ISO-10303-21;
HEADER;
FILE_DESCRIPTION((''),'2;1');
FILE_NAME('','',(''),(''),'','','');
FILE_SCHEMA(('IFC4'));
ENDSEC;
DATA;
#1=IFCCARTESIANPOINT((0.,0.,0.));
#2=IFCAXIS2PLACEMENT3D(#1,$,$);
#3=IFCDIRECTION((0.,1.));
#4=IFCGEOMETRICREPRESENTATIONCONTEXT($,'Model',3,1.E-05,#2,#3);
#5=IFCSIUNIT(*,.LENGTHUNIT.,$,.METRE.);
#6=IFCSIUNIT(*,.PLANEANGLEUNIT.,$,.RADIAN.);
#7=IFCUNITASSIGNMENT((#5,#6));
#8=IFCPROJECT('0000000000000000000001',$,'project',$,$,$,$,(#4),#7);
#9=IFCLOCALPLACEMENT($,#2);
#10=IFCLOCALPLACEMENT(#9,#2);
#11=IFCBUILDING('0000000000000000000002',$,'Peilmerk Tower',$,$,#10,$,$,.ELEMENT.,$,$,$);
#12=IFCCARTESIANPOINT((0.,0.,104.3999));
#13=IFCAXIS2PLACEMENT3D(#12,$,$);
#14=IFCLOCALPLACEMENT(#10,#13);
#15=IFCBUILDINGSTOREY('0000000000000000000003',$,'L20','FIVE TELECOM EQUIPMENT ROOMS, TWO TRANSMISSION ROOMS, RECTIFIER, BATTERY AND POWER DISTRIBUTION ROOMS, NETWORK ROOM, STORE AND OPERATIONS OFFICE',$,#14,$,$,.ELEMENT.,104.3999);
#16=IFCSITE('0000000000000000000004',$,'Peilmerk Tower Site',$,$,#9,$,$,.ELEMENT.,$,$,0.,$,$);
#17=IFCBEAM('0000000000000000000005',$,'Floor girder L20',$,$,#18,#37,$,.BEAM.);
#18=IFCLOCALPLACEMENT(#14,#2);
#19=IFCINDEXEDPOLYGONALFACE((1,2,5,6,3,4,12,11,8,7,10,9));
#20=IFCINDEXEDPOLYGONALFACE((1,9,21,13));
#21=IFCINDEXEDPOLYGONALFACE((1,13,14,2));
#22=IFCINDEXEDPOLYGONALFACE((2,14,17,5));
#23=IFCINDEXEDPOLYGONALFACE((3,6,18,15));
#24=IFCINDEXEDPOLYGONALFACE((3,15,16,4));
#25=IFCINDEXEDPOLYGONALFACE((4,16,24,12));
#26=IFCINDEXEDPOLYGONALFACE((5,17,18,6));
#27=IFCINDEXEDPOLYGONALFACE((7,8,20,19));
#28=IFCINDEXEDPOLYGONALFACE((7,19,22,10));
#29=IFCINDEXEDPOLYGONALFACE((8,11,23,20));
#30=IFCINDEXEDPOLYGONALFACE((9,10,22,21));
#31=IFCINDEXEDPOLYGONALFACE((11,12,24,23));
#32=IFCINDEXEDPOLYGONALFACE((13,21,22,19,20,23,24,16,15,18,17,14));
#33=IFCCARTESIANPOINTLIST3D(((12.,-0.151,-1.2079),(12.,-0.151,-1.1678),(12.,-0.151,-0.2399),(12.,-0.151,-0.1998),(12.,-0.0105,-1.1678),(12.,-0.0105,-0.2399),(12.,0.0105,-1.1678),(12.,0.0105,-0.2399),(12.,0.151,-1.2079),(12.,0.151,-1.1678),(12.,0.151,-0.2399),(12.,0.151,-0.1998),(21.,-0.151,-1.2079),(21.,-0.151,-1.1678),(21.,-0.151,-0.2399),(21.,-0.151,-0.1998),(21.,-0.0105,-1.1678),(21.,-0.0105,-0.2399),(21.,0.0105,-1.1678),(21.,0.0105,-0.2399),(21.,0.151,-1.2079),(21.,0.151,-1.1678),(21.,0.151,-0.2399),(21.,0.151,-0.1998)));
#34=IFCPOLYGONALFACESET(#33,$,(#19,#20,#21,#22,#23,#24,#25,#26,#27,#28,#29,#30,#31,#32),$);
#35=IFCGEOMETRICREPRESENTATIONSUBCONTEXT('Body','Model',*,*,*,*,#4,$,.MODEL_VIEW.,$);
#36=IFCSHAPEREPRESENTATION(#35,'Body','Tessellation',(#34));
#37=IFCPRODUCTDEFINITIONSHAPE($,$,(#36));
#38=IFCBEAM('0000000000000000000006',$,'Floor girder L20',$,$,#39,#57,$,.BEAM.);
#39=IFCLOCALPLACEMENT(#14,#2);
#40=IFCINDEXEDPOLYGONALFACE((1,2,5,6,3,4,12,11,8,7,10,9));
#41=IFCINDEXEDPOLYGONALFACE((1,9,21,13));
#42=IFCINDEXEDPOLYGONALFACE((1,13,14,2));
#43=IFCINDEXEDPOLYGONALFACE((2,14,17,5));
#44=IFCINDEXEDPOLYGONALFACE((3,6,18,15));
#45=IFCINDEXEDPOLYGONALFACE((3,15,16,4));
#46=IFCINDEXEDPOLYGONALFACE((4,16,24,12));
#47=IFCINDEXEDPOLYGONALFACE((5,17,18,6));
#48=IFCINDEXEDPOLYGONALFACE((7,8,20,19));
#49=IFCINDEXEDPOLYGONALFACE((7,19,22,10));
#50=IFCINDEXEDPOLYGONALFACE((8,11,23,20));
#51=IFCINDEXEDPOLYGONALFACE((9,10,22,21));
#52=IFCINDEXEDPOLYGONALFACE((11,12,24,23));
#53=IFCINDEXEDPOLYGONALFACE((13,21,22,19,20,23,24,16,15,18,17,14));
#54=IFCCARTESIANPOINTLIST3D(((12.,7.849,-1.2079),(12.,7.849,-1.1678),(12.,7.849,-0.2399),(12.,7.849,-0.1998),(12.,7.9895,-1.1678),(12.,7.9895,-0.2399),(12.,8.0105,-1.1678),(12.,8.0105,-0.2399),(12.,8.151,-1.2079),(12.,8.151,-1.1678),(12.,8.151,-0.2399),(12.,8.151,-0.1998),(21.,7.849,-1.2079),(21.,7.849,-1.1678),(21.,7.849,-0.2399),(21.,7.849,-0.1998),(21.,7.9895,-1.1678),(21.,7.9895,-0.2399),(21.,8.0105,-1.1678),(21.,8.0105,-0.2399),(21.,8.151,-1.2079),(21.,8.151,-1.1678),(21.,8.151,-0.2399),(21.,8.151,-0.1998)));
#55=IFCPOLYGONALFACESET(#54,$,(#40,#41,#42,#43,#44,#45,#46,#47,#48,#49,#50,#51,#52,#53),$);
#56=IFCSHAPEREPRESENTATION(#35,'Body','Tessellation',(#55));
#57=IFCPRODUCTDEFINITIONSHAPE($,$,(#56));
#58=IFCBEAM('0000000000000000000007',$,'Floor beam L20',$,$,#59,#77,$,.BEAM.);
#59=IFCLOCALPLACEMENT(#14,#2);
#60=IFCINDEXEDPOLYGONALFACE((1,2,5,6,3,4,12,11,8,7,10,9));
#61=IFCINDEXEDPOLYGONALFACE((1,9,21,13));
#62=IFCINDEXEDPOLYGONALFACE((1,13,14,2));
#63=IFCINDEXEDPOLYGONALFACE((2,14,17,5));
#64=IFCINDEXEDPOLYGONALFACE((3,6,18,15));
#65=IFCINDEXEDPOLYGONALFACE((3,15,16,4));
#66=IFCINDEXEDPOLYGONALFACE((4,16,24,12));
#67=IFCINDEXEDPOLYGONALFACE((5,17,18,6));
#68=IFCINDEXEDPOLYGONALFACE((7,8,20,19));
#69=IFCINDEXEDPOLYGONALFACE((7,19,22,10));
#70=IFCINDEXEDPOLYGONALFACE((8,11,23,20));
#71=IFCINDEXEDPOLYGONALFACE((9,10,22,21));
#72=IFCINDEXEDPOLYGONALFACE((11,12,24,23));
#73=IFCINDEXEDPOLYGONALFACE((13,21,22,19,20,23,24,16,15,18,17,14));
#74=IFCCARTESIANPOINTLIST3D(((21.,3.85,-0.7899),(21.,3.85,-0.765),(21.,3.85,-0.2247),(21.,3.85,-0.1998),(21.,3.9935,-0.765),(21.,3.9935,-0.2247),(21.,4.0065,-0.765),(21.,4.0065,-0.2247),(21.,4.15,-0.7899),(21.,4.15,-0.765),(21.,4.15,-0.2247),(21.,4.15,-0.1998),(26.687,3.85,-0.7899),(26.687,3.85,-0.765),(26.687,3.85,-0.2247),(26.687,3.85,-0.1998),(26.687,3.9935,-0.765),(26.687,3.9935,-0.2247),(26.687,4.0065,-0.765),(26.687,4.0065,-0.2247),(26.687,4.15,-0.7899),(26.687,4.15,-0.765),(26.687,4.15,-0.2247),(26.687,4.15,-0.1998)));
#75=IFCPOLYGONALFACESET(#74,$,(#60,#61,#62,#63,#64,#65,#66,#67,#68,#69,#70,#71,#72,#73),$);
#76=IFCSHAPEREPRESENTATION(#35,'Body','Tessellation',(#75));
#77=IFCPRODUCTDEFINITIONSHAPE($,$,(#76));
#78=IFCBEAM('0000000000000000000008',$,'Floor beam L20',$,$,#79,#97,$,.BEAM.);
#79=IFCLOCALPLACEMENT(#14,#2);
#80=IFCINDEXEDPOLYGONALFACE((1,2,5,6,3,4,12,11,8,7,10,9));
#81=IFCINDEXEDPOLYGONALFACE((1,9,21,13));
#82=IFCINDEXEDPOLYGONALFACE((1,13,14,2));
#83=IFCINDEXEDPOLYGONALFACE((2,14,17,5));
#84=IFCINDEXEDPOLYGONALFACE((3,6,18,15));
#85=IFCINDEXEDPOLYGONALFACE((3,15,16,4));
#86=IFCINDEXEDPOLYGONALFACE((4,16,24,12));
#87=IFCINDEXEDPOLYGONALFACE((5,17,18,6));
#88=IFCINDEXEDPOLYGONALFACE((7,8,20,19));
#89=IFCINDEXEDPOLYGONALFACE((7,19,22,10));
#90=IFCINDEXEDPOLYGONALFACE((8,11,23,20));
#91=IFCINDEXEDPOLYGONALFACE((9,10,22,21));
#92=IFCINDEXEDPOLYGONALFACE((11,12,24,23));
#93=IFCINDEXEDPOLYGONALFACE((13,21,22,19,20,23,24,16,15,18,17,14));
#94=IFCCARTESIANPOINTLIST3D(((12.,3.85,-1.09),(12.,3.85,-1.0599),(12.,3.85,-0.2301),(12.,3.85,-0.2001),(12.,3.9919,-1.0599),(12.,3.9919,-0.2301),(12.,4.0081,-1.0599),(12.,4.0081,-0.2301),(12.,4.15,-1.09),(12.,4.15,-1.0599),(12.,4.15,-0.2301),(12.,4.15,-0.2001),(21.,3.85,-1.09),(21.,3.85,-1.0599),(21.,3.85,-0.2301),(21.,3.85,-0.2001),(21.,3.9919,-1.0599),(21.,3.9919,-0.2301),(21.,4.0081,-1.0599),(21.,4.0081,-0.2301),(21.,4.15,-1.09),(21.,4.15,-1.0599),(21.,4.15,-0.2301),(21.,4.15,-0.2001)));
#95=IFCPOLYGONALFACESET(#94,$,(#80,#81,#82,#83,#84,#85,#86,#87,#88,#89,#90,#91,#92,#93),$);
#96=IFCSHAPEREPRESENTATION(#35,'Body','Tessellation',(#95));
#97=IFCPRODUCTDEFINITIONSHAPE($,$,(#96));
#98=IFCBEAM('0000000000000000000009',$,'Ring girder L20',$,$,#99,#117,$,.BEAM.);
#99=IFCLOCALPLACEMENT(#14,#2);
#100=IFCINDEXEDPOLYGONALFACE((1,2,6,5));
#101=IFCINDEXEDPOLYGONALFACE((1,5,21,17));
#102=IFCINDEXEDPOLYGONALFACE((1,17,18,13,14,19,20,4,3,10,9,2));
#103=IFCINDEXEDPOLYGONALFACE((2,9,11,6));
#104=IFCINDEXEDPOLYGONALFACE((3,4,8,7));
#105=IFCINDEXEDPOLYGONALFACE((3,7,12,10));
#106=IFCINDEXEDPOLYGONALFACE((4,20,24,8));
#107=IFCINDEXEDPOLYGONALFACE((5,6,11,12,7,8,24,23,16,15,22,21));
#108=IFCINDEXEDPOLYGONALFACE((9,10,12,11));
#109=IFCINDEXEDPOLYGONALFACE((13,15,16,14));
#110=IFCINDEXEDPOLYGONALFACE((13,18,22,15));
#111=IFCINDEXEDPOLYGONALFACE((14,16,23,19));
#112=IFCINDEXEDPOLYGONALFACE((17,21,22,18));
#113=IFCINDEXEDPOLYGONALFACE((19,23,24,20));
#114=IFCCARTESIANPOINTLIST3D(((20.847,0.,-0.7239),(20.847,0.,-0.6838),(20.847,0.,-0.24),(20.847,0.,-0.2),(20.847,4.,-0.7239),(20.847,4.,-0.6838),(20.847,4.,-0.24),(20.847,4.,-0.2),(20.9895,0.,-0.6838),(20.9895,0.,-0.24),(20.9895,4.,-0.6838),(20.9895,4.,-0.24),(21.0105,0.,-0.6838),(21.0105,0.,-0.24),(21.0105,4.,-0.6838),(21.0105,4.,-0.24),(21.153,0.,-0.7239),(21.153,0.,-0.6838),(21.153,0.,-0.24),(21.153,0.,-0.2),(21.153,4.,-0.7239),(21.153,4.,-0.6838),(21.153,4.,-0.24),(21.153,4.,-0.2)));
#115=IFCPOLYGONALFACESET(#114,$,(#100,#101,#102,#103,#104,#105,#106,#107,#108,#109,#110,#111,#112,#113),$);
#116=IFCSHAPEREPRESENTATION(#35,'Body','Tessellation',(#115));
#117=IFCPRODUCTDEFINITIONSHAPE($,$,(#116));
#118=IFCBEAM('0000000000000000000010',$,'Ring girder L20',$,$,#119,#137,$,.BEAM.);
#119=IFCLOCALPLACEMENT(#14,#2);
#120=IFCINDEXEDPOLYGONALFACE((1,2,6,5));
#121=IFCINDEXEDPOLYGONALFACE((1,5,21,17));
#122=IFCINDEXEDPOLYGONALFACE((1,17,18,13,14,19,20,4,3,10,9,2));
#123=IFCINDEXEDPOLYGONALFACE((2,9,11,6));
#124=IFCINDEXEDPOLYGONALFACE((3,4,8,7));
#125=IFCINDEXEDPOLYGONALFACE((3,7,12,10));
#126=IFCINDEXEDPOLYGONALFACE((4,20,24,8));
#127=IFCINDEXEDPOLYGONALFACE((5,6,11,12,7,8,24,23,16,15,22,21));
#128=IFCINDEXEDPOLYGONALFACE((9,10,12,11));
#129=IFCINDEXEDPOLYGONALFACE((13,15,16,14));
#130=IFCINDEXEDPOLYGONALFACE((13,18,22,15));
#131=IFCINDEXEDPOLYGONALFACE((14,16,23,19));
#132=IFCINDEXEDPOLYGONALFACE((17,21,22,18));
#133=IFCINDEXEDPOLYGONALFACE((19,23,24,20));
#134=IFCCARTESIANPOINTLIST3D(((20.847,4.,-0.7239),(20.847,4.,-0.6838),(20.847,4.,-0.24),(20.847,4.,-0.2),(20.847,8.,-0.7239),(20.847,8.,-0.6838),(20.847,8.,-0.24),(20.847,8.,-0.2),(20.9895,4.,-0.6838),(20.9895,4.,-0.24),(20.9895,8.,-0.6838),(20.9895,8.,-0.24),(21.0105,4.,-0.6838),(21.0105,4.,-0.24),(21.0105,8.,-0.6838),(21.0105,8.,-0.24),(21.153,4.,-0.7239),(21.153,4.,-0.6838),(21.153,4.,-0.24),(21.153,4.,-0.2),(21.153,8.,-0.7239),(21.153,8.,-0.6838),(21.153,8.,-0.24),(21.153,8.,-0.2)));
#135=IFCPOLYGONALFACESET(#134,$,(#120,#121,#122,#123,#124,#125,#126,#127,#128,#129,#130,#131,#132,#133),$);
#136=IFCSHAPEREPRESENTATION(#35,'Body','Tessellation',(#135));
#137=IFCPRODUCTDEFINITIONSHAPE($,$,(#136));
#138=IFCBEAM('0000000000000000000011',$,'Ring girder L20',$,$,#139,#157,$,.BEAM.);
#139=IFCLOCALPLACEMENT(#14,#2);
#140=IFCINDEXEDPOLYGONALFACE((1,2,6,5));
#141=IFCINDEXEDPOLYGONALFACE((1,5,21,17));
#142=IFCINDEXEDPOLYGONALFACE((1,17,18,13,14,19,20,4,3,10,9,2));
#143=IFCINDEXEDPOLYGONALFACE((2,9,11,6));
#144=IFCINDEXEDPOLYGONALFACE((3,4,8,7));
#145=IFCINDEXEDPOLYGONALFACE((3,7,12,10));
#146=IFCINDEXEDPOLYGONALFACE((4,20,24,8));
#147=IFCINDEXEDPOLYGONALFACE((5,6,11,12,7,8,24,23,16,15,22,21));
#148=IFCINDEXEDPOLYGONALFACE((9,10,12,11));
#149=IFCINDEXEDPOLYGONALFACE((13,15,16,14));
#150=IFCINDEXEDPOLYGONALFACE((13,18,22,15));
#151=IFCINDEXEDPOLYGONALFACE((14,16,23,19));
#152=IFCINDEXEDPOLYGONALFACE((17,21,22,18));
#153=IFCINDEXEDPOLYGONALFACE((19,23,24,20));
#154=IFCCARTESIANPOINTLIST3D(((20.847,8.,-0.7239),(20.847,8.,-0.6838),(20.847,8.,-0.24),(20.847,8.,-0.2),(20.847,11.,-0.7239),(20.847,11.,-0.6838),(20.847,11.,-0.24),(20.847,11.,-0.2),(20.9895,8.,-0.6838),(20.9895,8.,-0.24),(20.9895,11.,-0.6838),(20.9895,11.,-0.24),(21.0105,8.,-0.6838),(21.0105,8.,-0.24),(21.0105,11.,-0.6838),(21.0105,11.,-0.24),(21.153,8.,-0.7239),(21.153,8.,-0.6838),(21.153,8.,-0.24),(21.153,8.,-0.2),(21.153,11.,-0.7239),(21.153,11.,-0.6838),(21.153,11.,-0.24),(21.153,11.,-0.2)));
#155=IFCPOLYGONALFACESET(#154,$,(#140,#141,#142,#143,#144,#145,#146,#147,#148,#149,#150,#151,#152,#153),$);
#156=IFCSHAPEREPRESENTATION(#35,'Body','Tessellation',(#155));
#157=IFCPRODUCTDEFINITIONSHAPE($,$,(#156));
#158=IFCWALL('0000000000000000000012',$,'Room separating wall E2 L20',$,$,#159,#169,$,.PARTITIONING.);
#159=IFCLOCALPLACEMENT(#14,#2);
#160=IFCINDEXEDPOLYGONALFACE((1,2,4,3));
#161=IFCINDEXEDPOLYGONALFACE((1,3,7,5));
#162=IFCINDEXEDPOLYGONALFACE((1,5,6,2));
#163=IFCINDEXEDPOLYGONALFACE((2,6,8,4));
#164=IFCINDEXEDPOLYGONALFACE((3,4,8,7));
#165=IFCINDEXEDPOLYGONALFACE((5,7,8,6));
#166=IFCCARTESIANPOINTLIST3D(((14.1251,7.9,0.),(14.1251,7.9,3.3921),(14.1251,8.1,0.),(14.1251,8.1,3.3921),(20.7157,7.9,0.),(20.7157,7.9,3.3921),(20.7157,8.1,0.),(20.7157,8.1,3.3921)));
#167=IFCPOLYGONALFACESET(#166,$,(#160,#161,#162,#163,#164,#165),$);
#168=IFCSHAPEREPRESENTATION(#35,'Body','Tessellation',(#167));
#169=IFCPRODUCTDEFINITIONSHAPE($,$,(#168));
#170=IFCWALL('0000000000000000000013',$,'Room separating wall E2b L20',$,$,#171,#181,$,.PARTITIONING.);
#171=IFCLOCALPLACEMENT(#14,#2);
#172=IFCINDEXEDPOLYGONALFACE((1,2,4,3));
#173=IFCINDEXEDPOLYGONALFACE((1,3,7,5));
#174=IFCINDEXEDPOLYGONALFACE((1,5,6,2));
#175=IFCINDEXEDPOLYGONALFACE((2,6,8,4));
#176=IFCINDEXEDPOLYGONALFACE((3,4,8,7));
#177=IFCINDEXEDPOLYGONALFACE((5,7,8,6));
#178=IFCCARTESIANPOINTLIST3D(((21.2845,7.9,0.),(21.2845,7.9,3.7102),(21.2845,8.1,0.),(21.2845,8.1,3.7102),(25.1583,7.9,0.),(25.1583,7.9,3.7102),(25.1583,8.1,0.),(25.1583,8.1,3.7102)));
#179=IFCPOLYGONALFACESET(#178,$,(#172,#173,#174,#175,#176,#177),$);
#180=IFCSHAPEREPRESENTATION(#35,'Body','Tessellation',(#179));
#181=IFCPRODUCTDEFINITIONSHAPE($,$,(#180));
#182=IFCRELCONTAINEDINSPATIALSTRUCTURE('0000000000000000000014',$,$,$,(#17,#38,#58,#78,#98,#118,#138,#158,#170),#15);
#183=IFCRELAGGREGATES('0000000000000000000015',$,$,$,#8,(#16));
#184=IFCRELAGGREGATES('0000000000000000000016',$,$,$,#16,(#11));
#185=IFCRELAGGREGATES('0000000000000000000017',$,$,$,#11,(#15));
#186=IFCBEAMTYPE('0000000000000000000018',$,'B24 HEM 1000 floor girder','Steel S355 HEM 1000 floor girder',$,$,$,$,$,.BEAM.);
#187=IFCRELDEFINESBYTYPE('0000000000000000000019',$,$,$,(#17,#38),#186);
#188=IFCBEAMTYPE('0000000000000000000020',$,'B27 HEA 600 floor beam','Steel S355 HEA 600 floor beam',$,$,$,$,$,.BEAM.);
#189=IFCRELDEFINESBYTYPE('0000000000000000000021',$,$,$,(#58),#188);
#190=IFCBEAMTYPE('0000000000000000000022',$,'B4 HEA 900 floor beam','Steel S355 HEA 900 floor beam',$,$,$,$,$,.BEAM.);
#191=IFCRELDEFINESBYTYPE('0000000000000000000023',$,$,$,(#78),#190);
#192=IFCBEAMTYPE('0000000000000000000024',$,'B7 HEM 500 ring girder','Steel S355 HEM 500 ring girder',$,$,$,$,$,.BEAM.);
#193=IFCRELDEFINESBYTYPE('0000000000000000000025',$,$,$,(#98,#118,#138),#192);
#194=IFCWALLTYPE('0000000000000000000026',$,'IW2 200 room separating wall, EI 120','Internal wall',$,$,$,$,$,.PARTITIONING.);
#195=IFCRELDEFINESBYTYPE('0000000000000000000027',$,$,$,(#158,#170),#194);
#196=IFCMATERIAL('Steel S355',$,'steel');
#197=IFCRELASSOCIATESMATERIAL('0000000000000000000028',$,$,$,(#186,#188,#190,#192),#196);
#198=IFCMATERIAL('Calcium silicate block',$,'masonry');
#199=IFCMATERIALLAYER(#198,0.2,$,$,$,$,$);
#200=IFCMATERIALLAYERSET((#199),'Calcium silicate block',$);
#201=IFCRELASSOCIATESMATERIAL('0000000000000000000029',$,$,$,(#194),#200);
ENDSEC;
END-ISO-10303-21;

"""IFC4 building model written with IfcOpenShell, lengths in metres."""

from ifc_helpers import new_model, si_unit, direction, frame, frame_2d, origin, origin_2d, place, context, subcontext, project, spatial, rectangle, i_section, extrude, material, layer, layer_set, material_profile, profile_set, type_object, element, save


model = new_model("IFC4")

# Units and contexts
model_context = context("Model", 3, precision=1e-05, world=origin(), true_north=direction((0.0, 1.0)))
body_context = subcontext(model_context, "Body", "Model", "MODEL_VIEW")
ifc_project = project(units=[si_unit("LENGTHUNIT", "METRE"), si_unit("PLANEANGLEUNIT", "RADIAN")], contexts=[model_context])

# Site, building, storey
site_placement = place(None, origin())
site = spatial("IfcSite", under=ifc_project, at=site_placement, Name="Peilmerk Tower Site", CompositionType="ELEMENT", RefElevation=0.0)
building_placement = place(site_placement, origin())
building = spatial("IfcBuilding", under=site, at=building_placement, Name="Peilmerk Tower", CompositionType="ELEMENT")
storey_placement = place(building_placement, frame((0.0, 0.0, 104.3999)))
storey = spatial("IfcBuildingStorey", under=building, at=storey_placement, Name="L20", Description="FIVE TELECOM EQUIPMENT ROOMS, TWO TRANSMISSION ROOMS, RECTIFIER, BATTERY AND POWER DISTRIBUTION ROOMS, NETWORK ROOM, STORE AND OPERATIONS OFFICE", CompositionType="ELEMENT", Elevation=104.3999)

# Beams
ifc_material_1 = material(Name="Steel S355", Category="steel")
ifc_material_profile_1 = material_profile(ifc_material_1, i_section(OverallWidth=0.302, OverallDepth=1.0081, WebThickness=0.021, FlangeThickness=0.04, at=origin_2d()), Name="HEM 1000")
ifc_profile_set_1 = profile_set([ifc_material_profile_1], Name="Steel S355")
beam_type_1 = type_object("IfcBeamType", Name="B24 HEM 1000 floor girder", Description="Steel S355 HEM 1000 floor girder", PredefinedType="BEAM", material=ifc_profile_set_1)
for number, where, z_axis, x_axis, name in (
    (1, (12.0, 0.0, -0.7039), (1.0, 0.0, 0.0), (0.0, 1.0, 0.0), "Floor girder L20"),
    (2, (12.0, 8.0, -0.7039), (1.0, 0.0, 0.0), (0.0, 1.0, 0.0), "Floor girder L20"),
):
    element("IfcBeam", number, at=place(storey_placement, frame(where, z_axis=z_axis, x_axis=x_axis)), inside=storey, type_object=beam_type_1, Name=name, PredefinedType="BEAM", context=body_context, shape_type="SweptSolid", body=[
        extrude(i_section(OverallWidth=0.302, OverallDepth=1.0081, WebThickness=0.021, FlangeThickness=0.04, at=origin_2d()), origin(), (0.0, 0.0, 1.0), 9.0),
    ])
ifc_material_profile_2 = material_profile(ifc_material_1, i_section(OverallWidth=0.3, OverallDepth=0.5901, WebThickness=0.0129, FlangeThickness=0.0249, at=origin_2d()), Name="HEA 600")
ifc_profile_set_2 = profile_set([ifc_material_profile_2], Name="Steel S355")
beam_type_2 = type_object("IfcBeamType", Name="B27 HEA 600 floor beam", Description="Steel S355 HEA 600 floor beam", PredefinedType="BEAM", material=ifc_profile_set_2)
beam_1_placement = place(storey_placement, frame((21.0, 4.0, -0.4949), z_axis=(1.0, 0.0, 0.0), x_axis=(0.0, 1.0, 0.0)))
element("IfcBeam", 3, at=beam_1_placement, inside=storey, type_object=beam_type_2, Name="Floor beam L20", PredefinedType="BEAM", context=body_context, shape_type="SweptSolid", body=[
    extrude(i_section(OverallWidth=0.3, OverallDepth=0.5901, WebThickness=0.0129, FlangeThickness=0.0249, at=origin_2d()), origin(), (0.0, 0.0, 1.0), 5.687),
])
ifc_material_profile_3 = material_profile(ifc_material_1, i_section(OverallWidth=0.3, OverallDepth=0.8899, WebThickness=0.0161, FlangeThickness=0.03, at=origin_2d()), Name="HEA 900")
ifc_profile_set_3 = profile_set([ifc_material_profile_3], Name="Steel S355")
beam_type_3 = type_object("IfcBeamType", Name="B4 HEA 900 floor beam", Description="Steel S355 HEA 900 floor beam", PredefinedType="BEAM", material=ifc_profile_set_3)
beam_2_placement = place(storey_placement, frame((12.0, 4.0, -0.645), z_axis=(1.0, 0.0, 0.0), x_axis=(0.0, 1.0, 0.0)))
element("IfcBeam", 4, at=beam_2_placement, inside=storey, type_object=beam_type_3, Name="Floor beam L20", PredefinedType="BEAM", context=body_context, shape_type="SweptSolid", body=[
    extrude(i_section(OverallWidth=0.3, OverallDepth=0.8899, WebThickness=0.0161, FlangeThickness=0.03, at=origin_2d()), origin(), (0.0, 0.0, 1.0), 9.0),
])
ifc_material_profile_4 = material_profile(ifc_material_1, i_section(OverallWidth=0.3059, OverallDepth=0.5239, WebThickness=0.021, FlangeThickness=0.04, at=origin_2d()), Name="HEM 500")
ifc_profile_set_4 = profile_set([ifc_material_profile_4], Name="Steel S355")
beam_type_4 = type_object("IfcBeamType", Name="B7 HEM 500 ring girder", Description="Steel S355 HEM 500 ring girder", PredefinedType="BEAM", material=ifc_profile_set_4)
for number, where, z_axis, x_axis, name in (
    (5, (21.0, 0.0, -0.4619), (0.0, 1.0, 0.0), (-1.0, 0.0, 0.0), "Ring girder L20"),
    (6, (21.0, 4.0, -0.4619), (0.0, 1.0, 0.0), (-1.0, 0.0, 0.0), "Ring girder L20"),
):
    element("IfcBeam", number, at=place(storey_placement, frame(where, z_axis=z_axis, x_axis=x_axis)), inside=storey, type_object=beam_type_4, Name=name, PredefinedType="BEAM", context=body_context, shape_type="SweptSolid", body=[
        extrude(i_section(OverallWidth=0.3059, OverallDepth=0.5239, WebThickness=0.021, FlangeThickness=0.04, at=origin_2d()), origin(), (0.0, 0.0, 1.0), 4.0),
    ])
beam_3_placement = place(storey_placement, frame((21.0, 8.0, -0.4619), z_axis=(0.0, 1.0, 0.0), x_axis=(-1.0, 0.0, 0.0)))
element("IfcBeam", 7, at=beam_3_placement, inside=storey, type_object=beam_type_4, Name="Ring girder L20", PredefinedType="BEAM", context=body_context, shape_type="SweptSolid", body=[
    extrude(i_section(OverallWidth=0.3059, OverallDepth=0.5239, WebThickness=0.021, FlangeThickness=0.04, at=origin_2d()), origin(), (0.0, 0.0, 1.0), 3.0),
])

# Walls
ifc_material_2 = material(Name="Calcium silicate block", Category="masonry")
ifc_layer_1 = layer(ifc_material_2, 0.2)
ifc_layer_set_1 = layer_set([ifc_layer_1], Name="Calcium silicate block")
wall_type_1 = type_object("IfcWallType", Name="IW2 200 room separating wall, EI 120", Description="Internal wall", PredefinedType="PARTITIONING", material=ifc_layer_set_1)
wall_1_placement = place(storey_placement, frame((14.125, 8.0, 0.0), z_axis=(0.0, 0.0, 1.0), x_axis=(1.0, 0.0, 0.0)))
element("IfcWall", 8, at=wall_1_placement, inside=storey, type_object=wall_type_1, Name="Room separating wall E2 L20", PredefinedType="PARTITIONING", context=body_context, shape_type="SweptSolid", body=[
    extrude(rectangle(XDim=6.5906, YDim=0.2, at=frame_2d((3.2954, 0.0))), origin(), (0.0, 0.0, 1.0), 3.3921),
])
wall_2_placement = place(storey_placement, frame((21.2844, 8.0, 0.0), z_axis=(0.0, 0.0, 1.0), x_axis=(1.0, 0.0, 0.0)))
element("IfcWall", 9, at=wall_2_placement, inside=storey, type_object=wall_type_1, Name="Room separating wall E2b L20", PredefinedType="PARTITIONING", context=body_context, shape_type="SweptSolid", body=[
    extrude(rectangle(XDim=3.8738, YDim=0.2, at=frame_2d((1.937, 0.0))), origin(), (0.0, 0.0, 1.0), 3.7102),
])

save(model, "model.ifc")
